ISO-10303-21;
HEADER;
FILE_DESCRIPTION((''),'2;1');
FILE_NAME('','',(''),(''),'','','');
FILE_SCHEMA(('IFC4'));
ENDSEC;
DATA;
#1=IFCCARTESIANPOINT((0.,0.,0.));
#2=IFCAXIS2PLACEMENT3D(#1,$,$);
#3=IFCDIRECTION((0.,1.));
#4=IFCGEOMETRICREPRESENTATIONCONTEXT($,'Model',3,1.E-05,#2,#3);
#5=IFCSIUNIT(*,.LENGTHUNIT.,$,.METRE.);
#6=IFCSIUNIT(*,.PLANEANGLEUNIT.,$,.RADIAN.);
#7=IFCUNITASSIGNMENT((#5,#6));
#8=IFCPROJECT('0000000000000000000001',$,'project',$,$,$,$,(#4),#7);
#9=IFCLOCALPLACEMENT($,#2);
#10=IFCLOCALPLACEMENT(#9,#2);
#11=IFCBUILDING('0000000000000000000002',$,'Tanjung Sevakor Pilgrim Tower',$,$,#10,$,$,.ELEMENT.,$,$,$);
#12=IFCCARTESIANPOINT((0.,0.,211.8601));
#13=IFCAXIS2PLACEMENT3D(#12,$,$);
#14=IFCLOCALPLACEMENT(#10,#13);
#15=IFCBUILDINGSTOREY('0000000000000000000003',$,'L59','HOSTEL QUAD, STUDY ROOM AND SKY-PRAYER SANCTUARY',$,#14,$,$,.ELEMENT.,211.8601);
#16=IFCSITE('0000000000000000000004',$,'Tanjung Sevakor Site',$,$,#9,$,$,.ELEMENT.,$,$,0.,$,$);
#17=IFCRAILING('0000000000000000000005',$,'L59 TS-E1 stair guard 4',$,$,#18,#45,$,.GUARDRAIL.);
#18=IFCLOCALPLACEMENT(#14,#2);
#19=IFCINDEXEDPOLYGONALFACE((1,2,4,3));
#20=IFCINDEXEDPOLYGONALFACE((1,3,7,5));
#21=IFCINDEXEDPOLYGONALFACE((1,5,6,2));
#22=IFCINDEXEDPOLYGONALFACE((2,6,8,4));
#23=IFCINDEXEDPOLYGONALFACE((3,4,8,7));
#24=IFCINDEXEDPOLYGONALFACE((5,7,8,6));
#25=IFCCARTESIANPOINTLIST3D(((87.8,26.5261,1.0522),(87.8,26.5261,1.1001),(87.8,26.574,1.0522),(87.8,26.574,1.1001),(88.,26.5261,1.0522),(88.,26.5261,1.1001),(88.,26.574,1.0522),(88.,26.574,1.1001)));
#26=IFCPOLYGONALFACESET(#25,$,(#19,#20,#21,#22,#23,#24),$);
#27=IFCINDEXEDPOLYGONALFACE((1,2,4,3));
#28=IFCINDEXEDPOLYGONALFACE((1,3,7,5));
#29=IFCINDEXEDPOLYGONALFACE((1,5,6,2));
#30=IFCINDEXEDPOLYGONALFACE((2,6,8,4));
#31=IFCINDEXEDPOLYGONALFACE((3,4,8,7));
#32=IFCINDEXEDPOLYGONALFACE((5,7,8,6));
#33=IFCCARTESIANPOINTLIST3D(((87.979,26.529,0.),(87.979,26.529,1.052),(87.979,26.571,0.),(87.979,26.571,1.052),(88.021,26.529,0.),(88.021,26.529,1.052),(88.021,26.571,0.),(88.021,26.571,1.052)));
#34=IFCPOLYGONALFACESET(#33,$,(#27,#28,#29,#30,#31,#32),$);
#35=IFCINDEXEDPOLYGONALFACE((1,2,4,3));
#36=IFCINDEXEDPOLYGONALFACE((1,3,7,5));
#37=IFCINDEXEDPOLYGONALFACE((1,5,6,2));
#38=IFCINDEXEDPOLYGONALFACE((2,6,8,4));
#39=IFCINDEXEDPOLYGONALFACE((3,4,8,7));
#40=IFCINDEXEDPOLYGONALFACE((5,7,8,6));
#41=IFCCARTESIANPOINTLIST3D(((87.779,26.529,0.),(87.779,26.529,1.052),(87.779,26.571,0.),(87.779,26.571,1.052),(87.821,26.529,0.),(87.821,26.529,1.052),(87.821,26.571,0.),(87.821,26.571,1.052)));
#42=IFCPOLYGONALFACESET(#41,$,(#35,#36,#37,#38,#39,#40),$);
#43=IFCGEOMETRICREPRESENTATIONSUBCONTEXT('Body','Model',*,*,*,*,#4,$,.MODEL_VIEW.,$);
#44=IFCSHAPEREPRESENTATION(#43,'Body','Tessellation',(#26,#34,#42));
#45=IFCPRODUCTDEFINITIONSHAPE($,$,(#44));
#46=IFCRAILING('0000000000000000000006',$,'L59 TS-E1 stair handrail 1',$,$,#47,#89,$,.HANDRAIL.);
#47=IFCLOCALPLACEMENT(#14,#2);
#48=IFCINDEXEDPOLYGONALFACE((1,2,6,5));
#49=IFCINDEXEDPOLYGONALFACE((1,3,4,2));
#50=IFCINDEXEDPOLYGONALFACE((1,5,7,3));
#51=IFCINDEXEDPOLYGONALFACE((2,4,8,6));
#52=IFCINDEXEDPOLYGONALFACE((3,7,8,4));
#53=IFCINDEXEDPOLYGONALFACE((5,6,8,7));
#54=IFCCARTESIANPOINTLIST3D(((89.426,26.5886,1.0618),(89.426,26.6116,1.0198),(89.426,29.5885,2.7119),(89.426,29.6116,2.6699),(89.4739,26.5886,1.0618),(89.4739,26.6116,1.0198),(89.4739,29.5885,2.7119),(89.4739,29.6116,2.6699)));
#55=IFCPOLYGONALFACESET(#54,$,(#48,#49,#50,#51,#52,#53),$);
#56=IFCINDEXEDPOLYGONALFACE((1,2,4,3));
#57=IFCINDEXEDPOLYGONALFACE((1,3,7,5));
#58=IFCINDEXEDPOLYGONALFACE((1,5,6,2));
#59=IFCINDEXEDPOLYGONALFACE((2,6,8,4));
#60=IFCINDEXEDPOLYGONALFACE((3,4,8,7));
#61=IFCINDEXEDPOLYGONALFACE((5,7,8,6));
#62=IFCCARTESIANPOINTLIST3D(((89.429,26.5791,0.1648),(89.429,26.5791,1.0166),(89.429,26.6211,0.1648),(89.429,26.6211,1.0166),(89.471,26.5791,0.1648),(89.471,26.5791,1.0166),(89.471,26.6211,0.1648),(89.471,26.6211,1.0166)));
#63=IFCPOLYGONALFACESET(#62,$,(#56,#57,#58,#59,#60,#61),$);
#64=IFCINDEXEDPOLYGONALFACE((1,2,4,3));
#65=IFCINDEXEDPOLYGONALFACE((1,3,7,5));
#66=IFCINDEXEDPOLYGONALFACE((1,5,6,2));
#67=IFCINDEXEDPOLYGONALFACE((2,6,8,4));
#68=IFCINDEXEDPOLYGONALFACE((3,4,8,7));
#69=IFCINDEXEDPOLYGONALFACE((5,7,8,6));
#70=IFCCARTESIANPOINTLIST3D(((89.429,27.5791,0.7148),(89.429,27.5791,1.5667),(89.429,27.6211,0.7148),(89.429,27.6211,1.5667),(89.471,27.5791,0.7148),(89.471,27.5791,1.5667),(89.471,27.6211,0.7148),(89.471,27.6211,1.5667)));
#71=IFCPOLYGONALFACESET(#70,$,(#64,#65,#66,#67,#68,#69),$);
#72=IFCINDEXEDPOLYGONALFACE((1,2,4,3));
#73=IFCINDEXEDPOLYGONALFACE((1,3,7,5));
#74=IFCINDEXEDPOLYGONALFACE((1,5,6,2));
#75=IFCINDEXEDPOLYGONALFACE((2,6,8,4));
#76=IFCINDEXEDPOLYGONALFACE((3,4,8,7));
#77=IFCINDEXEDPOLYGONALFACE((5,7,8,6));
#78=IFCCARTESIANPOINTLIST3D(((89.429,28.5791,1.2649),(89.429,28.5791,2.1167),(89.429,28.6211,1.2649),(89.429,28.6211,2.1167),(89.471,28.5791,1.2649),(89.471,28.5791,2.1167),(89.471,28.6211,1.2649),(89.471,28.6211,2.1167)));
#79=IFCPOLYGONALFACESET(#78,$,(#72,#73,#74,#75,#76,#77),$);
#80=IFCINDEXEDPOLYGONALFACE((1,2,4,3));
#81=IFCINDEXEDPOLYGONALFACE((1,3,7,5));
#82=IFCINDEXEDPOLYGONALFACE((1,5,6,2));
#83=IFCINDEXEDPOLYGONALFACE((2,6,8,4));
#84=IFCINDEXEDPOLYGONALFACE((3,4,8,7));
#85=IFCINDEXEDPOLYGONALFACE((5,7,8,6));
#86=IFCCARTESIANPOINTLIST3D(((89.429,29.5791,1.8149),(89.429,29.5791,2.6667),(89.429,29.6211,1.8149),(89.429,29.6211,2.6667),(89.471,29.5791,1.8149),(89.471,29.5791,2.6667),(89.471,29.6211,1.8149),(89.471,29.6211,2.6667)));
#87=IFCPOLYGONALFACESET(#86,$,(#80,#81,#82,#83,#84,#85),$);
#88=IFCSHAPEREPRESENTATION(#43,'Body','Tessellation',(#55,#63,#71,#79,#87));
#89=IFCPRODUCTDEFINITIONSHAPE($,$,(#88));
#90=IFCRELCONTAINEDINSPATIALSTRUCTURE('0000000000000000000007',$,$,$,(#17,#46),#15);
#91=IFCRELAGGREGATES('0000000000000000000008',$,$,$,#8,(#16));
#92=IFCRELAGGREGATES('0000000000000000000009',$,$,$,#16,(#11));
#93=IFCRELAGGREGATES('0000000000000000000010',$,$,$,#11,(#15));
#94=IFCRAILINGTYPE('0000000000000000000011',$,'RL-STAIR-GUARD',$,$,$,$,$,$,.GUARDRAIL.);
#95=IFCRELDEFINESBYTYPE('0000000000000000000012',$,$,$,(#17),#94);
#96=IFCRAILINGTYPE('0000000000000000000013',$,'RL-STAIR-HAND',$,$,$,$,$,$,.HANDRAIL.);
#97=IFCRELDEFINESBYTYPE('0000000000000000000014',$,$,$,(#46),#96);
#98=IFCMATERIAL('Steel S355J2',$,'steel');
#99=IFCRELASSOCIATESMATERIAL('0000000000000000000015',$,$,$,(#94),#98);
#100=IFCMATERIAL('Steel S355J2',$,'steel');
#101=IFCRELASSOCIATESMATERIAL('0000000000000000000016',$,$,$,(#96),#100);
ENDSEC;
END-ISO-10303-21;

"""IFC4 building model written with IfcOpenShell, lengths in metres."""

from ifc_helpers import new_model, si_unit, direction, frame, origin, place, context, subcontext, project, spatial, rectangle, extrude, material, type_object, element, save


model = new_model("IFC4")

# Units and contexts
model_context = context("Model", 3, precision=1e-05, world=origin(), true_north=direction((0.0, 1.0)))
body_context = subcontext(model_context, "Body", "Model", "MODEL_VIEW")
ifc_project = project(units=[si_unit("LENGTHUNIT", "METRE"), si_unit("PLANEANGLEUNIT", "RADIAN")], contexts=[model_context])

# Site, building, storey
site_placement = place(None, origin())
site = spatial("IfcSite", under=ifc_project, at=site_placement, Name="Tanjung Sevakor Site", CompositionType="ELEMENT", RefElevation=0.0)
building_placement = place(site_placement, origin())
building = spatial("IfcBuilding", under=site, at=building_placement, Name="Tanjung Sevakor Pilgrim Tower", CompositionType="ELEMENT")
storey_placement = place(building_placement, frame((0.0, 0.0, 211.8601)))
storey = spatial("IfcBuildingStorey", under=building, at=storey_placement, Name="L59", Description="HOSTEL QUAD, STUDY ROOM AND SKY-PRAYER SANCTUARY", CompositionType="ELEMENT", Elevation=211.8601)

# Railings
ifc_material_1 = material(Name="Steel S355J2", Category="steel")
railing_type_1 = type_object("IfcRailingType", Name="RL-STAIR-GUARD", PredefinedType="GUARDRAIL", material=ifc_material_1)
for number, where, name in (
    (1, (88.0, 26.55, 0.0), "L59 TS-E1 stair guard 4"),
):
    element("IfcRailing", number, at=place(storey_placement, frame(where)), inside=storey, type_object=railing_type_1, Name=name, PredefinedType="GUARDRAIL", context=body_context, shape_type="SweptSolid", body=[
        extrude(rectangle(XDim=0.0479, YDim=0.0479), frame((0.0, 0.0, 1.0762), z_axis=(-1.0, 0.0, 0.0), x_axis=(0.0, -1.0, 0.0)), (0.0, 0.0, 1.0), 0.2),
        extrude(rectangle(XDim=0.042, YDim=0.042), origin(), (0.0, 0.0, 1.0), 1.052),
        extrude(rectangle(XDim=0.042, YDim=0.042), frame((-0.2, 0.0, 0.0)), (0.0, 0.0, 1.0), 1.052),
    ])
ifc_material_2 = material(Name="Steel S355J2", Category="steel")
railing_type_2 = type_object("IfcRailingType", Name="RL-STAIR-HAND", PredefinedType="HANDRAIL", material=ifc_material_2)
railing_1_placement = place(storey_placement, frame((89.45, 26.6001, 0.1648)))
element("IfcRailing", 2, at=railing_1_placement, inside=storey, type_object=railing_type_2, Name="L59 TS-E1 stair handrail 1", PredefinedType="HANDRAIL", context=body_context, shape_type="SweptSolid", body=[
    extrude(rectangle(XDim=0.0479, YDim=0.0479), frame((0.0, 0.0, 0.876), z_axis=(0.0, 0.876198, 0.481952), x_axis=(-1.0, 0.0, 0.0)), (0.0, 0.0, 1.0), 3.4238),
    extrude(rectangle(XDim=0.042, YDim=0.042), origin(), (0.0, 0.0, 1.0), 0.8518),
    extrude(rectangle(XDim=0.042, YDim=0.042), frame((0.0, 1.0, 0.55)), (0.0, 0.0, 1.0), 0.8518),
    extrude(rectangle(XDim=0.042, YDim=0.042), frame((0.0, 2.0, 1.1001)), (0.0, 0.0, 1.0), 0.8518),
    extrude(rectangle(XDim=0.042, YDim=0.042), frame((0.0, 3.0, 1.6501)), (0.0, 0.0, 1.0), 0.8518),
])

save(model, "model.ifc")
